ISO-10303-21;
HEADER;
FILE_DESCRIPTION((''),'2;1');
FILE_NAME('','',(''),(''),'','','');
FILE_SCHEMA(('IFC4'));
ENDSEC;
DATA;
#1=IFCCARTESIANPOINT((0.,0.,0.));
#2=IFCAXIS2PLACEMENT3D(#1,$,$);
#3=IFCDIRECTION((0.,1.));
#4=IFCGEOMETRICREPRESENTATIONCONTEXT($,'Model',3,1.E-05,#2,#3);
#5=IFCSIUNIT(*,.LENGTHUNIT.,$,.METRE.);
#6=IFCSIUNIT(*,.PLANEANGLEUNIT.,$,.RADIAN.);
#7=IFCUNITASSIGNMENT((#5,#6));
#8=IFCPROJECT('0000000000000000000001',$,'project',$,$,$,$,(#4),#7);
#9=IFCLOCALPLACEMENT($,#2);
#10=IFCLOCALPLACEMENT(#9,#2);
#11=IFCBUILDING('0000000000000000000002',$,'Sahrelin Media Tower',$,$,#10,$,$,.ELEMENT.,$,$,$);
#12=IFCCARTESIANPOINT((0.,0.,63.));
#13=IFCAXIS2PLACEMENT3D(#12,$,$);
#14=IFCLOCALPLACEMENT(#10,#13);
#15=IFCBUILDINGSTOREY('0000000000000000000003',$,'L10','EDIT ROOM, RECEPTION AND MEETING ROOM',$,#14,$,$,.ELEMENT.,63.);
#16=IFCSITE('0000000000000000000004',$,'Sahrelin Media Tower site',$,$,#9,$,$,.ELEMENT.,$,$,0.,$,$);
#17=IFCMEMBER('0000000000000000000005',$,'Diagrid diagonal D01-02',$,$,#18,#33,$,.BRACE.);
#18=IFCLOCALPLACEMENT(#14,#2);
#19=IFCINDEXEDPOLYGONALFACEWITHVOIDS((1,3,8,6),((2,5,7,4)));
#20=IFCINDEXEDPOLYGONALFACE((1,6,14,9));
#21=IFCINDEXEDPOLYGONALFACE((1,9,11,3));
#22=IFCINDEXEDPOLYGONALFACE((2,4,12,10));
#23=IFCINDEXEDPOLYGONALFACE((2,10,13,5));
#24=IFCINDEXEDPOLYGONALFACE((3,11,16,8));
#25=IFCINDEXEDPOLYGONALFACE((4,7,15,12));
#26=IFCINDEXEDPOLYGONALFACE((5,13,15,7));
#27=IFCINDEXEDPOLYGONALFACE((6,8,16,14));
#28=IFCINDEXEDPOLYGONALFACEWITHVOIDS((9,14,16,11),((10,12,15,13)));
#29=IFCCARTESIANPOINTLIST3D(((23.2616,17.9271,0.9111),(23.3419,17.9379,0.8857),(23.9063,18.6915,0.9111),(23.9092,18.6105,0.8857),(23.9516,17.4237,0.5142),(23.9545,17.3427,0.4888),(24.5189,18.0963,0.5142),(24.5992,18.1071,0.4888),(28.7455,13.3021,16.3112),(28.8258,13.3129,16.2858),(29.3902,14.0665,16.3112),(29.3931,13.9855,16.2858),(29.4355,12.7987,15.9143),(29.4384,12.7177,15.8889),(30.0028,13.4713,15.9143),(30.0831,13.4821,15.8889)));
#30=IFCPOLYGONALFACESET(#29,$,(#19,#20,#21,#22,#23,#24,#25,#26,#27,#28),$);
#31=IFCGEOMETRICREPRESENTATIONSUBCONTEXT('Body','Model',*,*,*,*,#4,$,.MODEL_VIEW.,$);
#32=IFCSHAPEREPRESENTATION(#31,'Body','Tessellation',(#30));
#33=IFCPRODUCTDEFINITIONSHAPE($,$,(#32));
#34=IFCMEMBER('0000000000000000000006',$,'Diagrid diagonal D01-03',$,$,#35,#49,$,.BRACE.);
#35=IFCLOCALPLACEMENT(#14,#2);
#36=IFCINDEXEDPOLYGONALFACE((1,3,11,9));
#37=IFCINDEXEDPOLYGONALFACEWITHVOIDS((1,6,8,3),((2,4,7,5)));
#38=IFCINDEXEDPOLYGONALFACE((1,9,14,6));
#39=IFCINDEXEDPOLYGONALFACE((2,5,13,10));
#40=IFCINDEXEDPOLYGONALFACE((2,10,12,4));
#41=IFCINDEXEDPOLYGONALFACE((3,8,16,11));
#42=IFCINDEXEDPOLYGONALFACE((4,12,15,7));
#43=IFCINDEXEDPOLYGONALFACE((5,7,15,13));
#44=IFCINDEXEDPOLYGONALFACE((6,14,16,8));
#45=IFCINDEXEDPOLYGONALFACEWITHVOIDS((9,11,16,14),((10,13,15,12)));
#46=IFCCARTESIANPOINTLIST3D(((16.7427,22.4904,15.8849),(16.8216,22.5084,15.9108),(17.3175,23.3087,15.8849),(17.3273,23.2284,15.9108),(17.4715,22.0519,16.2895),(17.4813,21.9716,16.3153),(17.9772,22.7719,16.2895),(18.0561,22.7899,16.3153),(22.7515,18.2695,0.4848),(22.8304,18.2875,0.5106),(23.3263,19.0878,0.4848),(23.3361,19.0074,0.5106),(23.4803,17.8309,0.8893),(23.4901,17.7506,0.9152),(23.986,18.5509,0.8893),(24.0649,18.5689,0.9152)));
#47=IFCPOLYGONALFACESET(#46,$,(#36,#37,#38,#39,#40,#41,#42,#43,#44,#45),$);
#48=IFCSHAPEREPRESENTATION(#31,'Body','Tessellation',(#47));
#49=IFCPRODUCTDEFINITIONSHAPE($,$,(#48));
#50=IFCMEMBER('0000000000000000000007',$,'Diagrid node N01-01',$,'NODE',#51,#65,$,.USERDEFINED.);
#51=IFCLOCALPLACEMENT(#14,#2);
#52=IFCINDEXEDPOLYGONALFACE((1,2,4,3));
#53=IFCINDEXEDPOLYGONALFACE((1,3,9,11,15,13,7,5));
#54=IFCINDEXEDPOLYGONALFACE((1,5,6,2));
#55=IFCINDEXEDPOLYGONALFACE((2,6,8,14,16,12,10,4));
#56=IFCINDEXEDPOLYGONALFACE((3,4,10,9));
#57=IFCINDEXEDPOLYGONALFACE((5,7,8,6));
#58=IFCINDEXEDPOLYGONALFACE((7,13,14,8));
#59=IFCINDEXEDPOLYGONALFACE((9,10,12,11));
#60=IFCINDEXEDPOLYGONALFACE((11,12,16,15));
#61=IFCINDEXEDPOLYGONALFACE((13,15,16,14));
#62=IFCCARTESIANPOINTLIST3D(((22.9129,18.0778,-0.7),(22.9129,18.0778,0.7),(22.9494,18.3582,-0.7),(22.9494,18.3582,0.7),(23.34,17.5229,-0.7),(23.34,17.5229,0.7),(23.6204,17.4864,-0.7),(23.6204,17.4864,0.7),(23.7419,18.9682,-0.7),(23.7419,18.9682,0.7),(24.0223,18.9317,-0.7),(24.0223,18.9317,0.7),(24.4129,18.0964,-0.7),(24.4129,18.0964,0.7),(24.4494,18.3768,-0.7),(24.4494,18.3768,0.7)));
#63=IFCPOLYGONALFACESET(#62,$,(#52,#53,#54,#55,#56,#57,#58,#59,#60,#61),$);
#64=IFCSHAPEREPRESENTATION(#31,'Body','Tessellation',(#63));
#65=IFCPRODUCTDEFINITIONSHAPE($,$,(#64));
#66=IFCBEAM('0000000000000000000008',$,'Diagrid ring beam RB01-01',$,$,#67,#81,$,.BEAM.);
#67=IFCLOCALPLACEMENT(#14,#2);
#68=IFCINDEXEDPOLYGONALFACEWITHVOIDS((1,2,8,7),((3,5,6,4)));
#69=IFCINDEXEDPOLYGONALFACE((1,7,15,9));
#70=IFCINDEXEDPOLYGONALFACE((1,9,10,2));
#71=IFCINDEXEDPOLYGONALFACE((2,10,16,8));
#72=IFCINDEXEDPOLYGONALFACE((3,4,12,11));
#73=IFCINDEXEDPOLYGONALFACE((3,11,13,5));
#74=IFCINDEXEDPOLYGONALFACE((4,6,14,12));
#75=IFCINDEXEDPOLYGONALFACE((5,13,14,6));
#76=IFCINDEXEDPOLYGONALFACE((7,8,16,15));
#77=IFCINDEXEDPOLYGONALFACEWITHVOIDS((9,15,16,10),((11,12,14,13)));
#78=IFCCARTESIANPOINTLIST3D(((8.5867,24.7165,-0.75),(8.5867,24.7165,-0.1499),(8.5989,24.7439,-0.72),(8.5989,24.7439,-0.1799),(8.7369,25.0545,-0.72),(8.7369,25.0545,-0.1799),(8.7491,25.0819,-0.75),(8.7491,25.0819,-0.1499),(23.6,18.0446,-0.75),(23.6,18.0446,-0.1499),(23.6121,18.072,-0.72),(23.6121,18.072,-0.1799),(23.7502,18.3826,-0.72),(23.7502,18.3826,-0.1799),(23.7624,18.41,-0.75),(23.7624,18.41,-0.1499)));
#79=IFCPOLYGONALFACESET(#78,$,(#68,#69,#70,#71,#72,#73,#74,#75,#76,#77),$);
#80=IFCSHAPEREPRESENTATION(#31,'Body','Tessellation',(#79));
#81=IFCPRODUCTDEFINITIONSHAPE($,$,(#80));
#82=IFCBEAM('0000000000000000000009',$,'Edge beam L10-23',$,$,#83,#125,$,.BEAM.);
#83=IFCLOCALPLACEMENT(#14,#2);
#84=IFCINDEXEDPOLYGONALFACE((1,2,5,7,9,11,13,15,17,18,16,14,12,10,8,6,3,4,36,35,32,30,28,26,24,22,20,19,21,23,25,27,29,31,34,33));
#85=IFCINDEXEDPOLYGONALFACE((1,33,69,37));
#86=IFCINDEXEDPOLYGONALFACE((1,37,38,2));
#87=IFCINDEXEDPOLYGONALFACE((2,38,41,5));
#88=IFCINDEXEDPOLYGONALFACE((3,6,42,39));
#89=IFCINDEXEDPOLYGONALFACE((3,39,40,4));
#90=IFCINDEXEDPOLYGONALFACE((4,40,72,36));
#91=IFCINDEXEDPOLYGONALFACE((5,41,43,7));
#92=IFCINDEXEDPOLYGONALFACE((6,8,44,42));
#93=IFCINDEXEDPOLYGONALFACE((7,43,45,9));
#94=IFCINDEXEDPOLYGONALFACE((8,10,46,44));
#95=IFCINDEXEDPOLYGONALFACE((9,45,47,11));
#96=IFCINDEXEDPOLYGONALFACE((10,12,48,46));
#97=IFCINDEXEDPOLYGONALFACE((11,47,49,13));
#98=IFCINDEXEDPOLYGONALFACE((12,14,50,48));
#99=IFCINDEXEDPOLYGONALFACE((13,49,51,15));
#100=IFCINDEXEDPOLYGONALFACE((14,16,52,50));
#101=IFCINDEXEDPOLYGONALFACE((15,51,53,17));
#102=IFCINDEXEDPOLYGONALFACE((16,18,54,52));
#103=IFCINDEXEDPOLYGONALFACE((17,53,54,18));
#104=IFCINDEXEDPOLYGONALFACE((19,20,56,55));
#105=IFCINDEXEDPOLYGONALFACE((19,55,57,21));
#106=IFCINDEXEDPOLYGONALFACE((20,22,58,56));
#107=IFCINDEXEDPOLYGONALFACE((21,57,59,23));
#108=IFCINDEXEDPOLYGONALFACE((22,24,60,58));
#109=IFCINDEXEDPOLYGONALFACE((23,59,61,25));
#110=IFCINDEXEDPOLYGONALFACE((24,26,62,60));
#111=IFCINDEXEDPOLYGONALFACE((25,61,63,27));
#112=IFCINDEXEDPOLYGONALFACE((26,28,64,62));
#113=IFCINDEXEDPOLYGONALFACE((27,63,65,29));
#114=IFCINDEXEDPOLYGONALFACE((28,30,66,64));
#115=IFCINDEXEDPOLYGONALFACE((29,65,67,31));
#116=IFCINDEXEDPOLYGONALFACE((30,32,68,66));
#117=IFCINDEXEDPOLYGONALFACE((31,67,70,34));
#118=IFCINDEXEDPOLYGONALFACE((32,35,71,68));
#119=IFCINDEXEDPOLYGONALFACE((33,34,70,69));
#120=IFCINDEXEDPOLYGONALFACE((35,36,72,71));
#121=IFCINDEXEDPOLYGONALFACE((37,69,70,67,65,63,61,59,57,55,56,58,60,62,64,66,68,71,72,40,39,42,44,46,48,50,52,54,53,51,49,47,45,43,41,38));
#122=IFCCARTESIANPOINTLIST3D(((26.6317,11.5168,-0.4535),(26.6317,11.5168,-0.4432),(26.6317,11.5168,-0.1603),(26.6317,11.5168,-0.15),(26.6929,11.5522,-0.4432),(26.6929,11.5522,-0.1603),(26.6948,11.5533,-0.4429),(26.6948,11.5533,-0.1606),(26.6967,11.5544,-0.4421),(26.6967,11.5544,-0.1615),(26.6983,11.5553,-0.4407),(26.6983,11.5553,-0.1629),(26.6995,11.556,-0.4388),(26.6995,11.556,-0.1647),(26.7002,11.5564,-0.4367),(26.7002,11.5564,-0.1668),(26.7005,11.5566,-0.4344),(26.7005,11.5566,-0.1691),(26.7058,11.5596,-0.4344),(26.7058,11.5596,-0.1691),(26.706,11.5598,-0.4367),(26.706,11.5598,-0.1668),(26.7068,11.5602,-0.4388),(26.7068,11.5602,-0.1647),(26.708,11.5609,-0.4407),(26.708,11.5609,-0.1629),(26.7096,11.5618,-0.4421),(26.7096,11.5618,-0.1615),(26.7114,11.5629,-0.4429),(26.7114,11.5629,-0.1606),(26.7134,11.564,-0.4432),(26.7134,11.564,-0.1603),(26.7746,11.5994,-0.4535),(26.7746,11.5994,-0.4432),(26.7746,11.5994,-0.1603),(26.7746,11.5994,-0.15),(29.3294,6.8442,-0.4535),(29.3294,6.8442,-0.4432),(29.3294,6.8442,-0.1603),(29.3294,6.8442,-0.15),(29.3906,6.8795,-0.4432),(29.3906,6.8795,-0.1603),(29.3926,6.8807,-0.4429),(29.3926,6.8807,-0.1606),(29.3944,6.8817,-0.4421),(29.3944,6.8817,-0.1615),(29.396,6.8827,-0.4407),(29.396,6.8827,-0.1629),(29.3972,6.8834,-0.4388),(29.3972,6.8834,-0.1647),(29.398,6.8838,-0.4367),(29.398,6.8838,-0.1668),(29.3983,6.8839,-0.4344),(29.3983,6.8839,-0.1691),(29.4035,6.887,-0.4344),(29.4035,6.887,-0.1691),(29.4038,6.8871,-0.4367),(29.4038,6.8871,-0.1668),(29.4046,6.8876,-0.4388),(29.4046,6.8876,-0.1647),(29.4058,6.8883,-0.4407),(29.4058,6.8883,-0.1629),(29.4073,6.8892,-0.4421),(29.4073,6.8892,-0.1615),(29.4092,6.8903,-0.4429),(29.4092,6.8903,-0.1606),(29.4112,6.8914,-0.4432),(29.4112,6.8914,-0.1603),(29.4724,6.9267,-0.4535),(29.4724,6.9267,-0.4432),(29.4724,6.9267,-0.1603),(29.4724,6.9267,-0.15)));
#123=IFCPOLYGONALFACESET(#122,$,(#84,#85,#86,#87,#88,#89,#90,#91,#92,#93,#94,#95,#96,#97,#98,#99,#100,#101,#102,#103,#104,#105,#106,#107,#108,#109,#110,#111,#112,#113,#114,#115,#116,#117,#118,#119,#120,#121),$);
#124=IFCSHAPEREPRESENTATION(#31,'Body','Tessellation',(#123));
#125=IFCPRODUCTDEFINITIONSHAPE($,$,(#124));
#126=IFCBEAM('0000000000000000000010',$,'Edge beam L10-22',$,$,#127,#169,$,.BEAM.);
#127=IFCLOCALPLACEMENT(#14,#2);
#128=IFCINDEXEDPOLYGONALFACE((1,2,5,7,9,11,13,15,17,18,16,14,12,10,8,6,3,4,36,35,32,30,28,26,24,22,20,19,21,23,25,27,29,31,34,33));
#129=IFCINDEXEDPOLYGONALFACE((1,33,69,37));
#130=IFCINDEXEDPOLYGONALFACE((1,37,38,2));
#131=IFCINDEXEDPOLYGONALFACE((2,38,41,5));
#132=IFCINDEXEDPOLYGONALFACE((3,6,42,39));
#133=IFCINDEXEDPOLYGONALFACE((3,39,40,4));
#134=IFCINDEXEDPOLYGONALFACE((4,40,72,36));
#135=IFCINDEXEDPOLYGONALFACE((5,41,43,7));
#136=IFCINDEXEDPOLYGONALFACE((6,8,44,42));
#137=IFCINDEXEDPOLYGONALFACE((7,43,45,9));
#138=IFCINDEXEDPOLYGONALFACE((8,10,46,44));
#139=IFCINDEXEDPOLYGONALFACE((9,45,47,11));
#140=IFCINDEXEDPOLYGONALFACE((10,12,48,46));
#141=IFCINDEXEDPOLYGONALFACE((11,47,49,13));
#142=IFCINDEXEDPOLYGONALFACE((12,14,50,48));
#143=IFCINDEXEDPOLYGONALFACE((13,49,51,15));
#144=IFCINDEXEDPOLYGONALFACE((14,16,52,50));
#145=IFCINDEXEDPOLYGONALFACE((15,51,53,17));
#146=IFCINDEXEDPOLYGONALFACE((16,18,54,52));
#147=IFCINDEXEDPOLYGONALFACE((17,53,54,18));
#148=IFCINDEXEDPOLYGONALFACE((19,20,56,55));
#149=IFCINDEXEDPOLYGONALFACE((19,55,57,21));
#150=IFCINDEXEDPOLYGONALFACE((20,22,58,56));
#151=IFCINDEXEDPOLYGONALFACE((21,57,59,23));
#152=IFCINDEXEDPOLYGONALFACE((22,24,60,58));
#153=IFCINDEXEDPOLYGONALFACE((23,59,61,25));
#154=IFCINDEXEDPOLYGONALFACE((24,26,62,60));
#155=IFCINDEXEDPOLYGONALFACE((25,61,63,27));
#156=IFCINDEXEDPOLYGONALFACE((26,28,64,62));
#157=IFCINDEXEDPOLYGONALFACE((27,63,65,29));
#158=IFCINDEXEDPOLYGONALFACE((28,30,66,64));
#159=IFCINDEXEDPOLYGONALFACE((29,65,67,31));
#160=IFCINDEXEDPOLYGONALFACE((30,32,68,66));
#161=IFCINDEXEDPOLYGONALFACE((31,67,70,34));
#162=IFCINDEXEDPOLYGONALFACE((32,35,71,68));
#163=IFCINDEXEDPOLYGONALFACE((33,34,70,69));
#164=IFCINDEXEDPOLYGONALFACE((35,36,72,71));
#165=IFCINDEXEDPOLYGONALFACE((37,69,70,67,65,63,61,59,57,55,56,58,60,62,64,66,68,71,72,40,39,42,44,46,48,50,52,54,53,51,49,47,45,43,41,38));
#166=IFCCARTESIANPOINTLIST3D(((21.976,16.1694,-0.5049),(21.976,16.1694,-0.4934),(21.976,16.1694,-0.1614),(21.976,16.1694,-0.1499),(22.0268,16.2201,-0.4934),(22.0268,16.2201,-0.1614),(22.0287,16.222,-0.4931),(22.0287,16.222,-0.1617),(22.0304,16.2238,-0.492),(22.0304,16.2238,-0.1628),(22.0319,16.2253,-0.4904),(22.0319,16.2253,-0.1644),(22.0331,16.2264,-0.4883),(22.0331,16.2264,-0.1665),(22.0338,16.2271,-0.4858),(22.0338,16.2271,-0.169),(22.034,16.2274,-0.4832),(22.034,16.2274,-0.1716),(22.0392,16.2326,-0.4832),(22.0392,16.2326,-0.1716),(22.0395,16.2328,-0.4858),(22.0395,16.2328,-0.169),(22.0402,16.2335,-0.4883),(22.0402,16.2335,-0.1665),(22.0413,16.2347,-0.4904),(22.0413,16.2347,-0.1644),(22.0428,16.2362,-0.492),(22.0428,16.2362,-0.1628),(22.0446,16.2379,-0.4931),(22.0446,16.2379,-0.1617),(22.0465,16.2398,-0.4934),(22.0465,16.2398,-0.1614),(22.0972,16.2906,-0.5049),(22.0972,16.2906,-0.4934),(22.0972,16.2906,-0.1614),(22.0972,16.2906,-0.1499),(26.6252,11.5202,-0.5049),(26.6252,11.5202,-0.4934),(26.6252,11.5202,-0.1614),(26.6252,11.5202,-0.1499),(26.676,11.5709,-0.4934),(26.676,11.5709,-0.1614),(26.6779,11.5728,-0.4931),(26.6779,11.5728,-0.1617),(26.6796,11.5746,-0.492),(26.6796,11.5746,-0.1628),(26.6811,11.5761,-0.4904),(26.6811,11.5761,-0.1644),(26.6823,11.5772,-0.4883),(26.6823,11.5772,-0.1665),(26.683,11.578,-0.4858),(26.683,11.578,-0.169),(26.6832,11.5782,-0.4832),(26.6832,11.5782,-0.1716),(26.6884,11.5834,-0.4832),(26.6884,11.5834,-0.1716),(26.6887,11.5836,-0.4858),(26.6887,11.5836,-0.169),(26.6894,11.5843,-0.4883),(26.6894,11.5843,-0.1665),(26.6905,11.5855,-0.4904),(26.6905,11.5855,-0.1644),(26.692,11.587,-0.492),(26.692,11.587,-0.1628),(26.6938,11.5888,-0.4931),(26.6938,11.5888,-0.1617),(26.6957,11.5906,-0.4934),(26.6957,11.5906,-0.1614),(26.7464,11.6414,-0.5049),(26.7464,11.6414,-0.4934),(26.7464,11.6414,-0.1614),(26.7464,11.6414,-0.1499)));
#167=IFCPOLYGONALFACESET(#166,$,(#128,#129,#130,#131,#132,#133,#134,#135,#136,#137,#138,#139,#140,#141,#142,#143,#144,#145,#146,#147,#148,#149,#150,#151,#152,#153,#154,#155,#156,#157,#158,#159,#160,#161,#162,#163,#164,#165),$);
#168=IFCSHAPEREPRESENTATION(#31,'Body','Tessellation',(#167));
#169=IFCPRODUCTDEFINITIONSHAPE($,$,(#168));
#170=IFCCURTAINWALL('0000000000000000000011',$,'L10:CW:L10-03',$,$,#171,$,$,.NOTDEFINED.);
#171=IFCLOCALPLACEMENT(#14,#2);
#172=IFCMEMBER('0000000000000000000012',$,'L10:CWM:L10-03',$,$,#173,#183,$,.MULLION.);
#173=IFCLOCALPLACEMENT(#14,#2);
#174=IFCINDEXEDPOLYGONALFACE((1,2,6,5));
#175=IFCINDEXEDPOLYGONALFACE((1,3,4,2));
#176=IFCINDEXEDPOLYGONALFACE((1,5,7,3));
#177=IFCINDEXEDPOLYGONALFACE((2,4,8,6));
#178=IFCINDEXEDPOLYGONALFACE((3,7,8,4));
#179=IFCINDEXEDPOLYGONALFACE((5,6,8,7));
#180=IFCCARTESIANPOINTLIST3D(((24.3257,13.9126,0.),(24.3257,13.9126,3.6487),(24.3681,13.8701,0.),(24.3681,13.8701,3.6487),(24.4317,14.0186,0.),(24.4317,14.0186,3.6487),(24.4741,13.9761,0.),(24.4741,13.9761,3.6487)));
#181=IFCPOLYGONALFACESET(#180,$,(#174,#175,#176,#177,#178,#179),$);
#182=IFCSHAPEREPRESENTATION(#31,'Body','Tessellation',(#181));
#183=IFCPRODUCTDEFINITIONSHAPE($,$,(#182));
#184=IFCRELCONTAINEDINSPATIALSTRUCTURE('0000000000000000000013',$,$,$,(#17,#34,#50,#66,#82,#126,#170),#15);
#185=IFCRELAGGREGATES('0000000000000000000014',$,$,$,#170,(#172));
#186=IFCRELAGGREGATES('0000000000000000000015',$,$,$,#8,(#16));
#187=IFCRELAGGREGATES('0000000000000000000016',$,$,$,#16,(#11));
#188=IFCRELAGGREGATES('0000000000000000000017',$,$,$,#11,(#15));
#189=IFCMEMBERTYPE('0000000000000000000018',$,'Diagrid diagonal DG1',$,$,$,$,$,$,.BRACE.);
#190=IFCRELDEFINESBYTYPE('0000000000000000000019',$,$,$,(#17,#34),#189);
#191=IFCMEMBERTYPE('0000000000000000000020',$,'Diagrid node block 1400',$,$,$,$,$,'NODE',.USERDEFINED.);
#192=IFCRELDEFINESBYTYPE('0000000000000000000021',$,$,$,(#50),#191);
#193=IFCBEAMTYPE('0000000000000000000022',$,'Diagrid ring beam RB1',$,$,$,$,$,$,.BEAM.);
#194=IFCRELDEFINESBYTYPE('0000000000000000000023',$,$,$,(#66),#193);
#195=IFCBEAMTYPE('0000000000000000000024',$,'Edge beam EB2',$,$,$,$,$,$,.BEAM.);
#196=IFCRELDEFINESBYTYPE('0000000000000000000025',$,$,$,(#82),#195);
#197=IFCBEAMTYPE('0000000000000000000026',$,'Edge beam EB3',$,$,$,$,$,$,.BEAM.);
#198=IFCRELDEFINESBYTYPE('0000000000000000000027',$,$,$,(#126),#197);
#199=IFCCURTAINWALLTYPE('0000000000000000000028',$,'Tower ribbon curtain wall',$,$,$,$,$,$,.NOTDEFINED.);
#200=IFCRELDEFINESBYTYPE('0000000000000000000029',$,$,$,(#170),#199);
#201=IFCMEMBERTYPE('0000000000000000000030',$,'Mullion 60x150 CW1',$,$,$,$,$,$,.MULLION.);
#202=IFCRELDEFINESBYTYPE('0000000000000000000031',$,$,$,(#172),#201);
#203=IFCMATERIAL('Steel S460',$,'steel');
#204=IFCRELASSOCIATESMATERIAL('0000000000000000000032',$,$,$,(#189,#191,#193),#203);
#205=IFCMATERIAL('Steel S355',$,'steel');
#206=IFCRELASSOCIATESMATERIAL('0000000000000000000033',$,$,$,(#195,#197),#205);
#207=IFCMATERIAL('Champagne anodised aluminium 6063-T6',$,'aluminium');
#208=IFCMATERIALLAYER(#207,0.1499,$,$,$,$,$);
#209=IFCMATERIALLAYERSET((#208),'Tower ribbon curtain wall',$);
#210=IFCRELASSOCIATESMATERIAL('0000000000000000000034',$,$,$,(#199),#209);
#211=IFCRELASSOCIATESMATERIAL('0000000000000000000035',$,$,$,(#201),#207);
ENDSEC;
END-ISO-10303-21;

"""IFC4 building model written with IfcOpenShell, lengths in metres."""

from ifc_helpers import new_model, si_unit, direction, frame, origin, origin_2d, place, context, subcontext, project, spatial, polyline, rectangle, hollow_rectangle, i_section, outline, extrude, material, layer, layer_set, material_profile, profile_set, type_object, element, aggregate, save


model = new_model("IFC4")

# Units and contexts
model_context = context("Model", 3, precision=1e-05, world=origin(), true_north=direction((0.0, 1.0)))
body_context = subcontext(model_context, "Body", "Model", "MODEL_VIEW")
ifc_project = project(units=[si_unit("LENGTHUNIT", "METRE"), si_unit("PLANEANGLEUNIT", "RADIAN")], contexts=[model_context])

# Site, building, storey
site_placement = place(None, origin())
site = spatial("IfcSite", under=ifc_project, at=site_placement, Name="Sahrelin Media Tower site", CompositionType="ELEMENT", RefElevation=0.0)
building_placement = place(site_placement, origin())
building = spatial("IfcBuilding", under=site, at=building_placement, Name="Sahrelin Media Tower", CompositionType="ELEMENT")
storey_placement = place(building_placement, frame((0.0, 0.0, 63.0)))
storey = spatial("IfcBuildingStorey", under=building, at=storey_placement, Name="L10", Description="EDIT ROOM, RECEPTION AND MEETING ROOM", CompositionType="ELEMENT", Elevation=63.0)

# Members
ifc_material_1 = material(Name="Steel S460", Category="steel")
ifc_material_profile_1 = material_profile(ifc_material_1, hollow_rectangle(XDim=1.0, YDim=1.0, WallThickness=0.0601, at=origin_2d()), Name="Diagrid diagonal DG1")
ifc_profile_set_1 = profile_set([ifc_material_profile_1], Name="Steel S460")
member_type_1 = type_object("IfcMemberType", Name="Diagrid diagonal DG1", PredefinedType="BRACE", material=ifc_profile_set_1)
member_1_placement = place(storey_placement, frame((23.9304, 18.0171, 0.7), z_axis=(0.322789, -0.272234, 0.906474), x_axis=(0.644706, 0.764431, 0.0)))
element("IfcMember", 1, at=member_1_placement, inside=storey, type_object=member_type_1, Name="Diagrid diagonal D01-02", PredefinedType="BRACE", context=body_context, shape_type="SweptSolid", body=[
    extrude(hollow_rectangle(XDim=1.0, YDim=1.0, WallThickness=0.0601, at=origin_2d()), origin(), (0.0, 0.0, 1.0), 16.989),
])
member_2_placement = place(storey_placement, frame((23.4082, 18.4192, 0.7), z_axis=(-0.352189, 0.2474, 0.902639), x_axis=(-0.574814, -0.818284, 0.0)))
element("IfcMember", 2, at=member_2_placement, inside=storey, type_object=member_type_1, Name="Diagrid diagonal D01-03", PredefinedType="BRACE", context=body_context, shape_type="SweptSolid", body=[
    extrude(hollow_rectangle(XDim=1.0, YDim=1.0, WallThickness=0.0601, at=origin_2d()), origin(), (0.0, 0.0, 1.0), 17.0613),
])
ifc_material_profile_2 = material_profile(ifc_material_1, outline(polyline([(0.5, -0.55), (0.7, -0.3501), (0.7, 0.3501), (0.5, 0.55), (-0.5, 0.55), (-0.7, 0.3501), (-0.7, -0.3501), (-0.5, -0.55), (0.5, -0.55)])), Name="Diagrid node block 1400")
ifc_profile_set_2 = profile_set([ifc_material_profile_2], Name="Steel S460")
member_type_2 = type_object("IfcMemberType", Name="Diagrid node block 1400", ElementType="NODE", PredefinedType="USERDEFINED", material=ifc_profile_set_2)
member_3_placement = place(storey_placement, frame((23.6812, 18.2273, -0.7), z_axis=(0.0, 0.0, 1.0), x_axis=(0.792445, 0.609943, 0.0)))
element("IfcMember", 3, at=member_3_placement, inside=storey, type_object=member_type_2, Name="Diagrid node N01-01", ObjectType="NODE", PredefinedType="USERDEFINED", context=body_context, shape_type="SweptSolid", body=[
    extrude(outline(polyline([(0.5, -0.55), (0.7, -0.3501), (0.7, 0.3501), (0.5, 0.55), (-0.5, 0.55), (-0.7, 0.3501), (-0.7, -0.3501), (-0.5, -0.55), (0.5, -0.55)])), origin(), (0.0, 0.0, 1.0), 1.3999),
])

# Beams
ifc_material_profile_3 = material_profile(ifc_material_1, hollow_rectangle(XDim=0.3999, YDim=0.6001, WallThickness=0.03, at=origin_2d()), Name="Diagrid ring beam RB1")
ifc_profile_set_3 = profile_set([ifc_material_profile_3], Name="Steel S460")
beam_type_1 = type_object("IfcBeamType", Name="Diagrid ring beam RB1", PredefinedType="BEAM", material=ifc_profile_set_3)
beam_1_placement = place(storey_placement, frame((23.6812, 18.2273, -0.45), z_axis=(-0.913826, 0.406105, 0.0), x_axis=(-0.406105, -0.913826, 0.0)))
element("IfcBeam", 4, at=beam_1_placement, inside=storey, type_object=beam_type_1, Name="Diagrid ring beam RB01-01", PredefinedType="BEAM", context=body_context, shape_type="SweptSolid", body=[
    extrude(hollow_rectangle(XDim=0.3999, YDim=0.6001, WallThickness=0.03, at=origin_2d()), origin(), (0.0, 0.0, 1.0), 16.429),
])
ifc_material_2 = material(Name="Steel S355", Category="steel")
ifc_material_profile_4 = material_profile(ifc_material_2, i_section(OverallWidth=0.165, OverallDepth=0.3035, WebThickness=0.0061, FlangeThickness=0.0103, FilletRadius=0.0088, at=origin_2d()), Name="UB 305x165x40")
ifc_profile_set_4 = profile_set([ifc_material_profile_4], Name="Steel S355")
beam_type_2 = type_object("IfcBeamType", Name="Edge beam EB2", PredefinedType="BEAM", material=ifc_profile_set_4)
beam_2_placement = place(storey_placement, frame((26.7031, 11.5581, -0.3018), z_axis=(0.500003, -0.866024, 0.0), x_axis=(0.866024, 0.500003, 0.0)))
element("IfcBeam", 5, at=beam_2_placement, inside=storey, type_object=beam_type_2, Name="Edge beam L10-23", PredefinedType="BEAM", context=body_context, shape_type="SweptSolid", body=[
    extrude(i_section(OverallWidth=0.165, OverallDepth=0.3035, WebThickness=0.0061, FlangeThickness=0.0103, FilletRadius=0.0088, at=origin_2d()), origin(), (0.0, 0.0, 1.0), 5.3955),
])
ifc_material_profile_5 = material_profile(ifc_material_2, i_section(OverallWidth=0.1714, OverallDepth=0.355, WebThickness=0.0073, FlangeThickness=0.0115, FilletRadius=0.0103, at=origin_2d()), Name="UB 356x171x51")
ifc_profile_set_5 = profile_set([ifc_material_profile_5], Name="Steel S355")
beam_type_3 = type_object("IfcBeamType", Name="Edge beam EB3", PredefinedType="BEAM", material=ifc_profile_set_5)
beam_3_placement = place(storey_placement, frame((22.0366, 16.23, -0.3274), z_axis=(0.707107, -0.707107, 0.0), x_axis=(0.707107, 0.707107, 0.0)))
element("IfcBeam", 6, at=beam_3_placement, inside=storey, type_object=beam_type_3, Name="Edge beam L10-22", PredefinedType="BEAM", context=body_context, shape_type="SweptSolid", body=[
    extrude(i_section(OverallWidth=0.1714, OverallDepth=0.355, WebThickness=0.0073, FlangeThickness=0.0115, FilletRadius=0.0103, at=origin_2d()), origin(), (0.0, 0.0, 1.0), 6.575),
])

# Curtain wall, member
ifc_material_3 = material(Name="Champagne anodised aluminium 6063-T6", Category="aluminium")
ifc_layer_1 = layer(ifc_material_3, 0.1499)
ifc_layer_set_1 = layer_set([ifc_layer_1], Name="Tower ribbon curtain wall")
curtain_wall_type = type_object("IfcCurtainWallType", Name="Tower ribbon curtain wall", PredefinedType="NOTDEFINED", material=ifc_layer_set_1)
curtain_wall_1_placement = place(storey_placement, frame((24.4673, 14.0115, 0.0), z_axis=(0.0, 0.0, 1.0), x_axis=(1.0, 0.0, 0.0)))
curtain_wall_1 = element("IfcCurtainWall", 7, at=curtain_wall_1_placement, inside=storey, type_object=curtain_wall_type, Name="L10:CW:L10-03", PredefinedType="NOTDEFINED")
ifc_material_profile_6 = material_profile(ifc_material_3, rectangle(XDim=0.0601, YDim=0.1499, at=origin_2d()), Name="Mullion 60x150")
ifc_profile_set_6 = profile_set([ifc_material_profile_6], Name="Champagne anodised aluminium 6063-T6")
member_type_3 = type_object("IfcMemberType", Name="Mullion 60x150 CW1", PredefinedType="MULLION", material=ifc_profile_set_6)
member_4_placement = place(storey_placement, frame((24.3999, 13.9443, 0.0), z_axis=(0.0, 0.0, 1.0), x_axis=(-0.707107, 0.707107, 0.0)))
member_4 = element("IfcMember", 8, at=member_4_placement, type_object=member_type_3, Name="L10:CWM:L10-03", PredefinedType="MULLION", context=body_context, shape_type="SweptSolid", body=[
    extrude(rectangle(XDim=0.0601, YDim=0.1499, at=origin_2d()), origin(), (0.0, 0.0, 1.0), 3.6487),
])

aggregate(curtain_wall_1, [member_4])

save(model, "model.ifc")
